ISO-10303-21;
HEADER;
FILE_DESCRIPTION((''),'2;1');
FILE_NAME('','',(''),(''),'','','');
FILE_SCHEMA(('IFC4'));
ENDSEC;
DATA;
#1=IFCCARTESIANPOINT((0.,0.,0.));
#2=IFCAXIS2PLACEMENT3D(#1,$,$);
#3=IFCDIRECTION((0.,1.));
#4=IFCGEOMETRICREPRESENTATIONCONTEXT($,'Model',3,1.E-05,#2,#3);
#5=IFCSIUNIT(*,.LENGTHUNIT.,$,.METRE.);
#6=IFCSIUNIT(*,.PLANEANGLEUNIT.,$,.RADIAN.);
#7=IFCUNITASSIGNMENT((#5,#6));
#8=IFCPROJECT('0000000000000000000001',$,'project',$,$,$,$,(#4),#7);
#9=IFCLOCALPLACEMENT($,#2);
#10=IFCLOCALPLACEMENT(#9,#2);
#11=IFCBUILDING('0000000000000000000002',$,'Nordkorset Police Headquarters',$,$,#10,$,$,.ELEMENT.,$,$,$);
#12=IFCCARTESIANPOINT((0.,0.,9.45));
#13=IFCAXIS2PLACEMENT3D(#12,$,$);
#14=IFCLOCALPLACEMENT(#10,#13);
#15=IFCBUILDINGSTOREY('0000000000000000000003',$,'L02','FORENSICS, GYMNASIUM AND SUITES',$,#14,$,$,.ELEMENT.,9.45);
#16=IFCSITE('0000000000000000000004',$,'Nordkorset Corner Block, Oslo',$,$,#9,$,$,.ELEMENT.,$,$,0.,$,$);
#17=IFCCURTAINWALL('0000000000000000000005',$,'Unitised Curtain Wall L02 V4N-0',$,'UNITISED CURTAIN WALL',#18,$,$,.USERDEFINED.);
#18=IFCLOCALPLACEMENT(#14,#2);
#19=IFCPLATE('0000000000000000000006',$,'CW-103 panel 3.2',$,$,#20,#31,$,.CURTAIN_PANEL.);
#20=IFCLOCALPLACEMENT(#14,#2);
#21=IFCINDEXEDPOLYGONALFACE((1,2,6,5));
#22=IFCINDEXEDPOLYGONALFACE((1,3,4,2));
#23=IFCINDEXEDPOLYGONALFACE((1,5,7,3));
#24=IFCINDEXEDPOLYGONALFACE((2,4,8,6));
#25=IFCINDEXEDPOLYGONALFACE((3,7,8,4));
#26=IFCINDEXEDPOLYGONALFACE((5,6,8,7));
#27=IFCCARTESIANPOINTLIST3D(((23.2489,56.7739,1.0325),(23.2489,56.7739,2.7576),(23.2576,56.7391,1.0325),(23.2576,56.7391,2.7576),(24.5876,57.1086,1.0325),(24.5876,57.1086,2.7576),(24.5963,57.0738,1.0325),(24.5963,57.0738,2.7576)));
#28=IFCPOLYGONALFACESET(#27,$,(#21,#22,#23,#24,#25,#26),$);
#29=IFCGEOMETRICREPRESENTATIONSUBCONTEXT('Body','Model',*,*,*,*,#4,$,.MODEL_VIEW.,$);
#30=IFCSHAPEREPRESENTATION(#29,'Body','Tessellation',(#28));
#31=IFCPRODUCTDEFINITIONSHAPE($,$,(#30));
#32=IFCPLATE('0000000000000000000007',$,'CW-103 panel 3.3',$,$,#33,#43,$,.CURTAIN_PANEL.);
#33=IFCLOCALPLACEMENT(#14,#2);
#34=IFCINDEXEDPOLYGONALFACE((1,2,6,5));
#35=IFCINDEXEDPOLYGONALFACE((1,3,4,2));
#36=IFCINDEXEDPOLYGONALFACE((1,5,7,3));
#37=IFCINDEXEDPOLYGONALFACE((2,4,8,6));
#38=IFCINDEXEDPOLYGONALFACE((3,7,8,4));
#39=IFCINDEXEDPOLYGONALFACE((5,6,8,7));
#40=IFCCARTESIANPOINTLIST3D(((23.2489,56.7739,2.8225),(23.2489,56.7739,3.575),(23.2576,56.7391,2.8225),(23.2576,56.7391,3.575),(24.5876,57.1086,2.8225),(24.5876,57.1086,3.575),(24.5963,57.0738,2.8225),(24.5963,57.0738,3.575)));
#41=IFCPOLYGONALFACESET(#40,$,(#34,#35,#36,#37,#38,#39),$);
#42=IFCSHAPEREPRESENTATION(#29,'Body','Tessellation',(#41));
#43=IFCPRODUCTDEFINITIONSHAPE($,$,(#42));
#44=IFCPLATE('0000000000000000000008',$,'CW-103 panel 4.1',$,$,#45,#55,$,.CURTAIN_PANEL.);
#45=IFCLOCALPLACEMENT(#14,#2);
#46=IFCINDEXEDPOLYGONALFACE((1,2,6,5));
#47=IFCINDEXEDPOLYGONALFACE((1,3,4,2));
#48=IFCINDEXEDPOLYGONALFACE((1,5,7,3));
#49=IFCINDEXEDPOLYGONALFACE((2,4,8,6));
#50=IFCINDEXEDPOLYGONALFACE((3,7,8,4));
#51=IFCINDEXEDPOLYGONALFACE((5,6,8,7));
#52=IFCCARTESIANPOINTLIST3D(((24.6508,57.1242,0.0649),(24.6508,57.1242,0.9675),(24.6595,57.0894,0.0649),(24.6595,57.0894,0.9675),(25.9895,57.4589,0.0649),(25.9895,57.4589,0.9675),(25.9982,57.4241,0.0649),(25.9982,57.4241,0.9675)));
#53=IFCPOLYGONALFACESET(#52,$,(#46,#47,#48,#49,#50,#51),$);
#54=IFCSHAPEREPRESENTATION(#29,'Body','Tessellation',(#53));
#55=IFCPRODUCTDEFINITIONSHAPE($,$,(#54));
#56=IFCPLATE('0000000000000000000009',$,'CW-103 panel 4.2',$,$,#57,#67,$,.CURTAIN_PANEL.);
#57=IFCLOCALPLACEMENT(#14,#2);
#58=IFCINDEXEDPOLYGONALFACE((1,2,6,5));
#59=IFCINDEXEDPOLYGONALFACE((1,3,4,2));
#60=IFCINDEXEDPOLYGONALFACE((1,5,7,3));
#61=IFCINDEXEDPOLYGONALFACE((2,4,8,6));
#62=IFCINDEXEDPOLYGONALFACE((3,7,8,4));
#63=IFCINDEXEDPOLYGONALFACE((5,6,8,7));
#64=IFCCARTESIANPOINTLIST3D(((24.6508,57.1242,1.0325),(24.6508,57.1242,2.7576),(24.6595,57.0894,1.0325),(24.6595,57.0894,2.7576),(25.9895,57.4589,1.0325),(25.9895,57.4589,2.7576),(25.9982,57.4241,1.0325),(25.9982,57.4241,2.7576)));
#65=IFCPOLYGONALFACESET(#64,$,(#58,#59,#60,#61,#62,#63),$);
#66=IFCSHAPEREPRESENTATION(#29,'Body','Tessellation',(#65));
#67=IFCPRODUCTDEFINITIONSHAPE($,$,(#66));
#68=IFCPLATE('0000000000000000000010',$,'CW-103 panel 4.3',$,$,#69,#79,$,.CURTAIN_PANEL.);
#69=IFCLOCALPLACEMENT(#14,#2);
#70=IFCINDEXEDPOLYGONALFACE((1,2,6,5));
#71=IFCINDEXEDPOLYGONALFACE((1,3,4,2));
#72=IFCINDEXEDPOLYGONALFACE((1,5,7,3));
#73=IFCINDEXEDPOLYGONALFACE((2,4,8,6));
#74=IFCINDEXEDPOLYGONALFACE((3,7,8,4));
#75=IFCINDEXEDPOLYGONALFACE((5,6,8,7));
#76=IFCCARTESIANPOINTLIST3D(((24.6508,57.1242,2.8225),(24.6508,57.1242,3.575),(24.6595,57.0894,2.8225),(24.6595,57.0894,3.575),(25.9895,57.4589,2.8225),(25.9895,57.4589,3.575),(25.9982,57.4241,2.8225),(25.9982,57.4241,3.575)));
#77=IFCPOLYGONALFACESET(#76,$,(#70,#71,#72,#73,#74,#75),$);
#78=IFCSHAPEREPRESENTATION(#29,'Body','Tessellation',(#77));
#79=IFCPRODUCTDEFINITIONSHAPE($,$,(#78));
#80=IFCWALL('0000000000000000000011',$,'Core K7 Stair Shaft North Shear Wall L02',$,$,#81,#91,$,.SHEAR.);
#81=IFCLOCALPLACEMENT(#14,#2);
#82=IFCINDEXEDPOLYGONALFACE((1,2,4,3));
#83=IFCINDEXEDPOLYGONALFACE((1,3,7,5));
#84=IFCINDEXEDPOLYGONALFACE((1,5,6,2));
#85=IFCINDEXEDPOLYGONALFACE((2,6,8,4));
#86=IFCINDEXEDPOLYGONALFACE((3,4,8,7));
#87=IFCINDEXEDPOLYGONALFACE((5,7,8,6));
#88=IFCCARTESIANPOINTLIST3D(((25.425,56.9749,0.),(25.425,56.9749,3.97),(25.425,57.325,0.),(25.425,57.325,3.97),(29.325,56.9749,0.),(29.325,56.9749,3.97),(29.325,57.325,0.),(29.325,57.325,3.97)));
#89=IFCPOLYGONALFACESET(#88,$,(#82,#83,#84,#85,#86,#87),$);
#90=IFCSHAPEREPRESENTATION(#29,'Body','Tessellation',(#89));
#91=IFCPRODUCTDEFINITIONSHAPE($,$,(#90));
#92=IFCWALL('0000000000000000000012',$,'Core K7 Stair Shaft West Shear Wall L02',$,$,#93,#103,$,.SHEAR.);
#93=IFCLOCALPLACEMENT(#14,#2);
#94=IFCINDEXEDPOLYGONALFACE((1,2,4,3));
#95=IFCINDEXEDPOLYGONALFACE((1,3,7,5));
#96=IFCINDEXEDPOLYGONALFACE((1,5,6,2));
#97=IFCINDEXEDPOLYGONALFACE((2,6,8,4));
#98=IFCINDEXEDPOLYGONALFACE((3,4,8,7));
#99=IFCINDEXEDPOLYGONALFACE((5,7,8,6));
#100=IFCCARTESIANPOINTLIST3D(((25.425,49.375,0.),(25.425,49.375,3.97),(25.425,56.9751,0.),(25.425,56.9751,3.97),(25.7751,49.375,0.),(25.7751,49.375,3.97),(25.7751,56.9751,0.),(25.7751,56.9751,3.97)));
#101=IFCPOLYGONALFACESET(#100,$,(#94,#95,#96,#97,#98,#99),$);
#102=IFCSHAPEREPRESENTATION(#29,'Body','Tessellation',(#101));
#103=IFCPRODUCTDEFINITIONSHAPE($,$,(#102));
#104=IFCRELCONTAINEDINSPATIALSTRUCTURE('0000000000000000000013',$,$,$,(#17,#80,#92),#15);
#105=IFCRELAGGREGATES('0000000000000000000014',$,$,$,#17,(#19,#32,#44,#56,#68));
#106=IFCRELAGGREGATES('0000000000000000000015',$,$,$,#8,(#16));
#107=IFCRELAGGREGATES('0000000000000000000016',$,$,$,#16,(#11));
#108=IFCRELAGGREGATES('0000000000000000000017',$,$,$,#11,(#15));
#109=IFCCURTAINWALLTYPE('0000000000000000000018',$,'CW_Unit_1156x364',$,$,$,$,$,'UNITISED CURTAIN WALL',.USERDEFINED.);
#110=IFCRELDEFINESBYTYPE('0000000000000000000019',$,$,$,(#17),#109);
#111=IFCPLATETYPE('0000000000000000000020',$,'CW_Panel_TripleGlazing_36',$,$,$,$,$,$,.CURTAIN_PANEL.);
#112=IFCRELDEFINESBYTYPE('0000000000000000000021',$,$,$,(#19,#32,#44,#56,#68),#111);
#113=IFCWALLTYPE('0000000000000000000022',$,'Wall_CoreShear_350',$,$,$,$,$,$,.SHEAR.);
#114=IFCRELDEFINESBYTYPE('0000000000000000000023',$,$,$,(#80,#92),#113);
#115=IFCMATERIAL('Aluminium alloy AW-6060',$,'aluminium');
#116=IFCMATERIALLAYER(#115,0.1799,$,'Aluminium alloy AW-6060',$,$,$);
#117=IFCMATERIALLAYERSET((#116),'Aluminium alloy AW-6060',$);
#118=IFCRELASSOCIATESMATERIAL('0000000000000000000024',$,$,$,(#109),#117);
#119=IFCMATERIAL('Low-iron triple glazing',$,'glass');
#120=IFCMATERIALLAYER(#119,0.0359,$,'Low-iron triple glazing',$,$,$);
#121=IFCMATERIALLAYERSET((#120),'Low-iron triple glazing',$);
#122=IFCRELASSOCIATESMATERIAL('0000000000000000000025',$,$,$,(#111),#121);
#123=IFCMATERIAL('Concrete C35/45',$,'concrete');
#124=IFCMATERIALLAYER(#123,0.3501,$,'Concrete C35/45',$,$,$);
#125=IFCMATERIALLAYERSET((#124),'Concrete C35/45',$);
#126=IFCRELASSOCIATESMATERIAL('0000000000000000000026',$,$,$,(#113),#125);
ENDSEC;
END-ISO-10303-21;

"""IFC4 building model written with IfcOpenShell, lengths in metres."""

from ifc_helpers import new_model, si_unit, direction, frame, frame_2d, origin, origin_2d, place, context, subcontext, project, spatial, rectangle, extrude, material, layer, layer_set, type_object, element, aggregate, save


model = new_model("IFC4")

# Units and contexts
model_context = context("Model", 3, precision=1e-05, world=origin(), true_north=direction((0.0, 1.0)))
body_context = subcontext(model_context, "Body", "Model", "MODEL_VIEW")
ifc_project = project(units=[si_unit("LENGTHUNIT", "METRE"), si_unit("PLANEANGLEUNIT", "RADIAN")], contexts=[model_context])

# Site, building, storey
site_placement = place(None, origin())
site = spatial("IfcSite", under=ifc_project, at=site_placement, Name="Nordkorset Corner Block, Oslo", CompositionType="ELEMENT", RefElevation=0.0)
building_placement = place(site_placement, origin())
building = spatial("IfcBuilding", under=site, at=building_placement, Name="Nordkorset Police Headquarters", CompositionType="ELEMENT")
storey_placement = place(building_placement, frame((0.0, 0.0, 9.45)))
storey = spatial("IfcBuildingStorey", under=building, at=storey_placement, Name="L02", Description="FORENSICS, GYMNASIUM AND SUITES", CompositionType="ELEMENT", Elevation=9.45)

# Curtain wall, plates
ifc_material_1 = material(Name="Aluminium alloy AW-6060", Category="aluminium")
ifc_layer_1 = layer(ifc_material_1, 0.1799, Name="Aluminium alloy AW-6060")
ifc_layer_set_1 = layer_set([ifc_layer_1], Name="Aluminium alloy AW-6060")
curtain_wall_type = type_object("IfcCurtainWallType", Name="CW_Unit_1156x364", ElementType="UNITISED CURTAIN WALL", PredefinedType="USERDEFINED", material=ifc_layer_set_1)
curtain_wall_placement = place(storey_placement, origin())
curtain_wall = element("IfcCurtainWall", 1, at=curtain_wall_placement, inside=storey, type_object=curtain_wall_type, Name="Unitised Curtain Wall L02 V4N-0", ObjectType="UNITISED CURTAIN WALL", PredefinedType="USERDEFINED")
ifc_material_2 = material(Name="Low-iron triple glazing", Category="glass")
ifc_layer_2 = layer(ifc_material_2, 0.0359, Name="Low-iron triple glazing")
ifc_layer_set_2 = layer_set([ifc_layer_2], Name="Low-iron triple glazing")
plate_type = type_object("IfcPlateType", Name="CW_Panel_TripleGlazing_36", PredefinedType="CURTAIN_PANEL", material=ifc_layer_set_2)
plate_1_placement = place(storey_placement, frame((23.9226, 56.9238, 1.0325), z_axis=(0.0, 0.0, 1.0), x_axis=(0.970142, 0.242536, 0.0)))
plate_1 = element("IfcPlate", 2, at=plate_1_placement, type_object=plate_type, Name="CW-103 panel 3.2", PredefinedType="CURTAIN_PANEL", context=body_context, shape_type="SweptSolid", body=[
    extrude(rectangle(XDim=1.3799, YDim=0.0359, at=origin_2d()), origin(), (0.0, 0.0, 1.0), 1.7251),
])
plate_2_placement = place(storey_placement, frame((23.9226, 56.9238, 2.8225), z_axis=(0.0, 0.0, 1.0), x_axis=(0.970142, 0.242536, 0.0)))
plate_2 = element("IfcPlate", 3, at=plate_2_placement, type_object=plate_type, Name="CW-103 panel 3.3", PredefinedType="CURTAIN_PANEL", context=body_context, shape_type="SweptSolid", body=[
    extrude(rectangle(XDim=1.3799, YDim=0.0359, at=origin_2d()), origin(), (0.0, 0.0, 1.0), 0.7524),
])
plate_3_placement = place(storey_placement, frame((25.3245, 57.2742, 0.0649), z_axis=(0.0, 0.0, 1.0), x_axis=(0.970142, 0.242536, 0.0)))
plate_3 = element("IfcPlate", 4, at=plate_3_placement, type_object=plate_type, Name="CW-103 panel 4.1", PredefinedType="CURTAIN_PANEL", context=body_context, shape_type="SweptSolid", body=[
    extrude(rectangle(XDim=1.3799, YDim=0.0359, at=origin_2d()), origin(), (0.0, 0.0, 1.0), 0.9026),
])
plate_4_placement = place(storey_placement, frame((25.3245, 57.2742, 1.0325), z_axis=(0.0, 0.0, 1.0), x_axis=(0.970142, 0.242536, 0.0)))
plate_4 = element("IfcPlate", 5, at=plate_4_placement, type_object=plate_type, Name="CW-103 panel 4.2", PredefinedType="CURTAIN_PANEL", context=body_context, shape_type="SweptSolid", body=[
    extrude(rectangle(XDim=1.3799, YDim=0.0359, at=origin_2d()), origin(), (0.0, 0.0, 1.0), 1.7251),
])
plate_5_placement = place(storey_placement, frame((25.3245, 57.2742, 2.8225), z_axis=(0.0, 0.0, 1.0), x_axis=(0.970142, 0.242536, 0.0)))
plate_5 = element("IfcPlate", 6, at=plate_5_placement, type_object=plate_type, Name="CW-103 panel 4.3", PredefinedType="CURTAIN_PANEL", context=body_context, shape_type="SweptSolid", body=[
    extrude(rectangle(XDim=1.3799, YDim=0.0359, at=origin_2d()), origin(), (0.0, 0.0, 1.0), 0.7524),
])
aggregate(curtain_wall, [plate_1, plate_2, plate_3, plate_4, plate_5])

# Shared definitions
ifc_material_3 = material(Name="Concrete C35/45", Category="concrete")
ifc_layer_3 = layer(ifc_material_3, 0.3501, Name="Concrete C35/45")
ifc_layer_set_3 = layer_set([ifc_layer_3], Name="Concrete C35/45")
wall_type = type_object("IfcWallType", Name="Wall_CoreShear_350", PredefinedType="SHEAR", material=ifc_layer_set_3)

# Walls
wall_1_placement = place(storey_placement, frame((25.425, 57.1499, 0.0), z_axis=(0.0, 0.0, 1.0), x_axis=(1.0, 0.0, 0.0)))
element("IfcWall", 7, at=wall_1_placement, inside=storey, type_object=wall_type, Name="Core K7 Stair Shaft North Shear Wall L02", PredefinedType="SHEAR", context=body_context, shape_type="SweptSolid", body=[
    extrude(rectangle(XDim=3.8999, YDim=0.3501, at=frame_2d((1.95, 0.0))), origin(), (0.0, 0.0, 1.0), 3.97),
])
wall_2_placement = place(storey_placement, frame((25.6001, 49.375, 0.0), z_axis=(0.0, 0.0, 1.0), x_axis=(0.0, 1.0, 0.0)))
element("IfcWall", 8, at=wall_2_placement, inside=storey, type_object=wall_type, Name="Core K7 Stair Shaft West Shear Wall L02", PredefinedType="SHEAR", context=body_context, shape_type="SweptSolid", body=[
    extrude(rectangle(XDim=7.6001, YDim=0.3501, at=frame_2d((3.8, 0.0))), origin(), (0.0, 0.0, 1.0), 3.97),
])

save(model, "model.ifc")
